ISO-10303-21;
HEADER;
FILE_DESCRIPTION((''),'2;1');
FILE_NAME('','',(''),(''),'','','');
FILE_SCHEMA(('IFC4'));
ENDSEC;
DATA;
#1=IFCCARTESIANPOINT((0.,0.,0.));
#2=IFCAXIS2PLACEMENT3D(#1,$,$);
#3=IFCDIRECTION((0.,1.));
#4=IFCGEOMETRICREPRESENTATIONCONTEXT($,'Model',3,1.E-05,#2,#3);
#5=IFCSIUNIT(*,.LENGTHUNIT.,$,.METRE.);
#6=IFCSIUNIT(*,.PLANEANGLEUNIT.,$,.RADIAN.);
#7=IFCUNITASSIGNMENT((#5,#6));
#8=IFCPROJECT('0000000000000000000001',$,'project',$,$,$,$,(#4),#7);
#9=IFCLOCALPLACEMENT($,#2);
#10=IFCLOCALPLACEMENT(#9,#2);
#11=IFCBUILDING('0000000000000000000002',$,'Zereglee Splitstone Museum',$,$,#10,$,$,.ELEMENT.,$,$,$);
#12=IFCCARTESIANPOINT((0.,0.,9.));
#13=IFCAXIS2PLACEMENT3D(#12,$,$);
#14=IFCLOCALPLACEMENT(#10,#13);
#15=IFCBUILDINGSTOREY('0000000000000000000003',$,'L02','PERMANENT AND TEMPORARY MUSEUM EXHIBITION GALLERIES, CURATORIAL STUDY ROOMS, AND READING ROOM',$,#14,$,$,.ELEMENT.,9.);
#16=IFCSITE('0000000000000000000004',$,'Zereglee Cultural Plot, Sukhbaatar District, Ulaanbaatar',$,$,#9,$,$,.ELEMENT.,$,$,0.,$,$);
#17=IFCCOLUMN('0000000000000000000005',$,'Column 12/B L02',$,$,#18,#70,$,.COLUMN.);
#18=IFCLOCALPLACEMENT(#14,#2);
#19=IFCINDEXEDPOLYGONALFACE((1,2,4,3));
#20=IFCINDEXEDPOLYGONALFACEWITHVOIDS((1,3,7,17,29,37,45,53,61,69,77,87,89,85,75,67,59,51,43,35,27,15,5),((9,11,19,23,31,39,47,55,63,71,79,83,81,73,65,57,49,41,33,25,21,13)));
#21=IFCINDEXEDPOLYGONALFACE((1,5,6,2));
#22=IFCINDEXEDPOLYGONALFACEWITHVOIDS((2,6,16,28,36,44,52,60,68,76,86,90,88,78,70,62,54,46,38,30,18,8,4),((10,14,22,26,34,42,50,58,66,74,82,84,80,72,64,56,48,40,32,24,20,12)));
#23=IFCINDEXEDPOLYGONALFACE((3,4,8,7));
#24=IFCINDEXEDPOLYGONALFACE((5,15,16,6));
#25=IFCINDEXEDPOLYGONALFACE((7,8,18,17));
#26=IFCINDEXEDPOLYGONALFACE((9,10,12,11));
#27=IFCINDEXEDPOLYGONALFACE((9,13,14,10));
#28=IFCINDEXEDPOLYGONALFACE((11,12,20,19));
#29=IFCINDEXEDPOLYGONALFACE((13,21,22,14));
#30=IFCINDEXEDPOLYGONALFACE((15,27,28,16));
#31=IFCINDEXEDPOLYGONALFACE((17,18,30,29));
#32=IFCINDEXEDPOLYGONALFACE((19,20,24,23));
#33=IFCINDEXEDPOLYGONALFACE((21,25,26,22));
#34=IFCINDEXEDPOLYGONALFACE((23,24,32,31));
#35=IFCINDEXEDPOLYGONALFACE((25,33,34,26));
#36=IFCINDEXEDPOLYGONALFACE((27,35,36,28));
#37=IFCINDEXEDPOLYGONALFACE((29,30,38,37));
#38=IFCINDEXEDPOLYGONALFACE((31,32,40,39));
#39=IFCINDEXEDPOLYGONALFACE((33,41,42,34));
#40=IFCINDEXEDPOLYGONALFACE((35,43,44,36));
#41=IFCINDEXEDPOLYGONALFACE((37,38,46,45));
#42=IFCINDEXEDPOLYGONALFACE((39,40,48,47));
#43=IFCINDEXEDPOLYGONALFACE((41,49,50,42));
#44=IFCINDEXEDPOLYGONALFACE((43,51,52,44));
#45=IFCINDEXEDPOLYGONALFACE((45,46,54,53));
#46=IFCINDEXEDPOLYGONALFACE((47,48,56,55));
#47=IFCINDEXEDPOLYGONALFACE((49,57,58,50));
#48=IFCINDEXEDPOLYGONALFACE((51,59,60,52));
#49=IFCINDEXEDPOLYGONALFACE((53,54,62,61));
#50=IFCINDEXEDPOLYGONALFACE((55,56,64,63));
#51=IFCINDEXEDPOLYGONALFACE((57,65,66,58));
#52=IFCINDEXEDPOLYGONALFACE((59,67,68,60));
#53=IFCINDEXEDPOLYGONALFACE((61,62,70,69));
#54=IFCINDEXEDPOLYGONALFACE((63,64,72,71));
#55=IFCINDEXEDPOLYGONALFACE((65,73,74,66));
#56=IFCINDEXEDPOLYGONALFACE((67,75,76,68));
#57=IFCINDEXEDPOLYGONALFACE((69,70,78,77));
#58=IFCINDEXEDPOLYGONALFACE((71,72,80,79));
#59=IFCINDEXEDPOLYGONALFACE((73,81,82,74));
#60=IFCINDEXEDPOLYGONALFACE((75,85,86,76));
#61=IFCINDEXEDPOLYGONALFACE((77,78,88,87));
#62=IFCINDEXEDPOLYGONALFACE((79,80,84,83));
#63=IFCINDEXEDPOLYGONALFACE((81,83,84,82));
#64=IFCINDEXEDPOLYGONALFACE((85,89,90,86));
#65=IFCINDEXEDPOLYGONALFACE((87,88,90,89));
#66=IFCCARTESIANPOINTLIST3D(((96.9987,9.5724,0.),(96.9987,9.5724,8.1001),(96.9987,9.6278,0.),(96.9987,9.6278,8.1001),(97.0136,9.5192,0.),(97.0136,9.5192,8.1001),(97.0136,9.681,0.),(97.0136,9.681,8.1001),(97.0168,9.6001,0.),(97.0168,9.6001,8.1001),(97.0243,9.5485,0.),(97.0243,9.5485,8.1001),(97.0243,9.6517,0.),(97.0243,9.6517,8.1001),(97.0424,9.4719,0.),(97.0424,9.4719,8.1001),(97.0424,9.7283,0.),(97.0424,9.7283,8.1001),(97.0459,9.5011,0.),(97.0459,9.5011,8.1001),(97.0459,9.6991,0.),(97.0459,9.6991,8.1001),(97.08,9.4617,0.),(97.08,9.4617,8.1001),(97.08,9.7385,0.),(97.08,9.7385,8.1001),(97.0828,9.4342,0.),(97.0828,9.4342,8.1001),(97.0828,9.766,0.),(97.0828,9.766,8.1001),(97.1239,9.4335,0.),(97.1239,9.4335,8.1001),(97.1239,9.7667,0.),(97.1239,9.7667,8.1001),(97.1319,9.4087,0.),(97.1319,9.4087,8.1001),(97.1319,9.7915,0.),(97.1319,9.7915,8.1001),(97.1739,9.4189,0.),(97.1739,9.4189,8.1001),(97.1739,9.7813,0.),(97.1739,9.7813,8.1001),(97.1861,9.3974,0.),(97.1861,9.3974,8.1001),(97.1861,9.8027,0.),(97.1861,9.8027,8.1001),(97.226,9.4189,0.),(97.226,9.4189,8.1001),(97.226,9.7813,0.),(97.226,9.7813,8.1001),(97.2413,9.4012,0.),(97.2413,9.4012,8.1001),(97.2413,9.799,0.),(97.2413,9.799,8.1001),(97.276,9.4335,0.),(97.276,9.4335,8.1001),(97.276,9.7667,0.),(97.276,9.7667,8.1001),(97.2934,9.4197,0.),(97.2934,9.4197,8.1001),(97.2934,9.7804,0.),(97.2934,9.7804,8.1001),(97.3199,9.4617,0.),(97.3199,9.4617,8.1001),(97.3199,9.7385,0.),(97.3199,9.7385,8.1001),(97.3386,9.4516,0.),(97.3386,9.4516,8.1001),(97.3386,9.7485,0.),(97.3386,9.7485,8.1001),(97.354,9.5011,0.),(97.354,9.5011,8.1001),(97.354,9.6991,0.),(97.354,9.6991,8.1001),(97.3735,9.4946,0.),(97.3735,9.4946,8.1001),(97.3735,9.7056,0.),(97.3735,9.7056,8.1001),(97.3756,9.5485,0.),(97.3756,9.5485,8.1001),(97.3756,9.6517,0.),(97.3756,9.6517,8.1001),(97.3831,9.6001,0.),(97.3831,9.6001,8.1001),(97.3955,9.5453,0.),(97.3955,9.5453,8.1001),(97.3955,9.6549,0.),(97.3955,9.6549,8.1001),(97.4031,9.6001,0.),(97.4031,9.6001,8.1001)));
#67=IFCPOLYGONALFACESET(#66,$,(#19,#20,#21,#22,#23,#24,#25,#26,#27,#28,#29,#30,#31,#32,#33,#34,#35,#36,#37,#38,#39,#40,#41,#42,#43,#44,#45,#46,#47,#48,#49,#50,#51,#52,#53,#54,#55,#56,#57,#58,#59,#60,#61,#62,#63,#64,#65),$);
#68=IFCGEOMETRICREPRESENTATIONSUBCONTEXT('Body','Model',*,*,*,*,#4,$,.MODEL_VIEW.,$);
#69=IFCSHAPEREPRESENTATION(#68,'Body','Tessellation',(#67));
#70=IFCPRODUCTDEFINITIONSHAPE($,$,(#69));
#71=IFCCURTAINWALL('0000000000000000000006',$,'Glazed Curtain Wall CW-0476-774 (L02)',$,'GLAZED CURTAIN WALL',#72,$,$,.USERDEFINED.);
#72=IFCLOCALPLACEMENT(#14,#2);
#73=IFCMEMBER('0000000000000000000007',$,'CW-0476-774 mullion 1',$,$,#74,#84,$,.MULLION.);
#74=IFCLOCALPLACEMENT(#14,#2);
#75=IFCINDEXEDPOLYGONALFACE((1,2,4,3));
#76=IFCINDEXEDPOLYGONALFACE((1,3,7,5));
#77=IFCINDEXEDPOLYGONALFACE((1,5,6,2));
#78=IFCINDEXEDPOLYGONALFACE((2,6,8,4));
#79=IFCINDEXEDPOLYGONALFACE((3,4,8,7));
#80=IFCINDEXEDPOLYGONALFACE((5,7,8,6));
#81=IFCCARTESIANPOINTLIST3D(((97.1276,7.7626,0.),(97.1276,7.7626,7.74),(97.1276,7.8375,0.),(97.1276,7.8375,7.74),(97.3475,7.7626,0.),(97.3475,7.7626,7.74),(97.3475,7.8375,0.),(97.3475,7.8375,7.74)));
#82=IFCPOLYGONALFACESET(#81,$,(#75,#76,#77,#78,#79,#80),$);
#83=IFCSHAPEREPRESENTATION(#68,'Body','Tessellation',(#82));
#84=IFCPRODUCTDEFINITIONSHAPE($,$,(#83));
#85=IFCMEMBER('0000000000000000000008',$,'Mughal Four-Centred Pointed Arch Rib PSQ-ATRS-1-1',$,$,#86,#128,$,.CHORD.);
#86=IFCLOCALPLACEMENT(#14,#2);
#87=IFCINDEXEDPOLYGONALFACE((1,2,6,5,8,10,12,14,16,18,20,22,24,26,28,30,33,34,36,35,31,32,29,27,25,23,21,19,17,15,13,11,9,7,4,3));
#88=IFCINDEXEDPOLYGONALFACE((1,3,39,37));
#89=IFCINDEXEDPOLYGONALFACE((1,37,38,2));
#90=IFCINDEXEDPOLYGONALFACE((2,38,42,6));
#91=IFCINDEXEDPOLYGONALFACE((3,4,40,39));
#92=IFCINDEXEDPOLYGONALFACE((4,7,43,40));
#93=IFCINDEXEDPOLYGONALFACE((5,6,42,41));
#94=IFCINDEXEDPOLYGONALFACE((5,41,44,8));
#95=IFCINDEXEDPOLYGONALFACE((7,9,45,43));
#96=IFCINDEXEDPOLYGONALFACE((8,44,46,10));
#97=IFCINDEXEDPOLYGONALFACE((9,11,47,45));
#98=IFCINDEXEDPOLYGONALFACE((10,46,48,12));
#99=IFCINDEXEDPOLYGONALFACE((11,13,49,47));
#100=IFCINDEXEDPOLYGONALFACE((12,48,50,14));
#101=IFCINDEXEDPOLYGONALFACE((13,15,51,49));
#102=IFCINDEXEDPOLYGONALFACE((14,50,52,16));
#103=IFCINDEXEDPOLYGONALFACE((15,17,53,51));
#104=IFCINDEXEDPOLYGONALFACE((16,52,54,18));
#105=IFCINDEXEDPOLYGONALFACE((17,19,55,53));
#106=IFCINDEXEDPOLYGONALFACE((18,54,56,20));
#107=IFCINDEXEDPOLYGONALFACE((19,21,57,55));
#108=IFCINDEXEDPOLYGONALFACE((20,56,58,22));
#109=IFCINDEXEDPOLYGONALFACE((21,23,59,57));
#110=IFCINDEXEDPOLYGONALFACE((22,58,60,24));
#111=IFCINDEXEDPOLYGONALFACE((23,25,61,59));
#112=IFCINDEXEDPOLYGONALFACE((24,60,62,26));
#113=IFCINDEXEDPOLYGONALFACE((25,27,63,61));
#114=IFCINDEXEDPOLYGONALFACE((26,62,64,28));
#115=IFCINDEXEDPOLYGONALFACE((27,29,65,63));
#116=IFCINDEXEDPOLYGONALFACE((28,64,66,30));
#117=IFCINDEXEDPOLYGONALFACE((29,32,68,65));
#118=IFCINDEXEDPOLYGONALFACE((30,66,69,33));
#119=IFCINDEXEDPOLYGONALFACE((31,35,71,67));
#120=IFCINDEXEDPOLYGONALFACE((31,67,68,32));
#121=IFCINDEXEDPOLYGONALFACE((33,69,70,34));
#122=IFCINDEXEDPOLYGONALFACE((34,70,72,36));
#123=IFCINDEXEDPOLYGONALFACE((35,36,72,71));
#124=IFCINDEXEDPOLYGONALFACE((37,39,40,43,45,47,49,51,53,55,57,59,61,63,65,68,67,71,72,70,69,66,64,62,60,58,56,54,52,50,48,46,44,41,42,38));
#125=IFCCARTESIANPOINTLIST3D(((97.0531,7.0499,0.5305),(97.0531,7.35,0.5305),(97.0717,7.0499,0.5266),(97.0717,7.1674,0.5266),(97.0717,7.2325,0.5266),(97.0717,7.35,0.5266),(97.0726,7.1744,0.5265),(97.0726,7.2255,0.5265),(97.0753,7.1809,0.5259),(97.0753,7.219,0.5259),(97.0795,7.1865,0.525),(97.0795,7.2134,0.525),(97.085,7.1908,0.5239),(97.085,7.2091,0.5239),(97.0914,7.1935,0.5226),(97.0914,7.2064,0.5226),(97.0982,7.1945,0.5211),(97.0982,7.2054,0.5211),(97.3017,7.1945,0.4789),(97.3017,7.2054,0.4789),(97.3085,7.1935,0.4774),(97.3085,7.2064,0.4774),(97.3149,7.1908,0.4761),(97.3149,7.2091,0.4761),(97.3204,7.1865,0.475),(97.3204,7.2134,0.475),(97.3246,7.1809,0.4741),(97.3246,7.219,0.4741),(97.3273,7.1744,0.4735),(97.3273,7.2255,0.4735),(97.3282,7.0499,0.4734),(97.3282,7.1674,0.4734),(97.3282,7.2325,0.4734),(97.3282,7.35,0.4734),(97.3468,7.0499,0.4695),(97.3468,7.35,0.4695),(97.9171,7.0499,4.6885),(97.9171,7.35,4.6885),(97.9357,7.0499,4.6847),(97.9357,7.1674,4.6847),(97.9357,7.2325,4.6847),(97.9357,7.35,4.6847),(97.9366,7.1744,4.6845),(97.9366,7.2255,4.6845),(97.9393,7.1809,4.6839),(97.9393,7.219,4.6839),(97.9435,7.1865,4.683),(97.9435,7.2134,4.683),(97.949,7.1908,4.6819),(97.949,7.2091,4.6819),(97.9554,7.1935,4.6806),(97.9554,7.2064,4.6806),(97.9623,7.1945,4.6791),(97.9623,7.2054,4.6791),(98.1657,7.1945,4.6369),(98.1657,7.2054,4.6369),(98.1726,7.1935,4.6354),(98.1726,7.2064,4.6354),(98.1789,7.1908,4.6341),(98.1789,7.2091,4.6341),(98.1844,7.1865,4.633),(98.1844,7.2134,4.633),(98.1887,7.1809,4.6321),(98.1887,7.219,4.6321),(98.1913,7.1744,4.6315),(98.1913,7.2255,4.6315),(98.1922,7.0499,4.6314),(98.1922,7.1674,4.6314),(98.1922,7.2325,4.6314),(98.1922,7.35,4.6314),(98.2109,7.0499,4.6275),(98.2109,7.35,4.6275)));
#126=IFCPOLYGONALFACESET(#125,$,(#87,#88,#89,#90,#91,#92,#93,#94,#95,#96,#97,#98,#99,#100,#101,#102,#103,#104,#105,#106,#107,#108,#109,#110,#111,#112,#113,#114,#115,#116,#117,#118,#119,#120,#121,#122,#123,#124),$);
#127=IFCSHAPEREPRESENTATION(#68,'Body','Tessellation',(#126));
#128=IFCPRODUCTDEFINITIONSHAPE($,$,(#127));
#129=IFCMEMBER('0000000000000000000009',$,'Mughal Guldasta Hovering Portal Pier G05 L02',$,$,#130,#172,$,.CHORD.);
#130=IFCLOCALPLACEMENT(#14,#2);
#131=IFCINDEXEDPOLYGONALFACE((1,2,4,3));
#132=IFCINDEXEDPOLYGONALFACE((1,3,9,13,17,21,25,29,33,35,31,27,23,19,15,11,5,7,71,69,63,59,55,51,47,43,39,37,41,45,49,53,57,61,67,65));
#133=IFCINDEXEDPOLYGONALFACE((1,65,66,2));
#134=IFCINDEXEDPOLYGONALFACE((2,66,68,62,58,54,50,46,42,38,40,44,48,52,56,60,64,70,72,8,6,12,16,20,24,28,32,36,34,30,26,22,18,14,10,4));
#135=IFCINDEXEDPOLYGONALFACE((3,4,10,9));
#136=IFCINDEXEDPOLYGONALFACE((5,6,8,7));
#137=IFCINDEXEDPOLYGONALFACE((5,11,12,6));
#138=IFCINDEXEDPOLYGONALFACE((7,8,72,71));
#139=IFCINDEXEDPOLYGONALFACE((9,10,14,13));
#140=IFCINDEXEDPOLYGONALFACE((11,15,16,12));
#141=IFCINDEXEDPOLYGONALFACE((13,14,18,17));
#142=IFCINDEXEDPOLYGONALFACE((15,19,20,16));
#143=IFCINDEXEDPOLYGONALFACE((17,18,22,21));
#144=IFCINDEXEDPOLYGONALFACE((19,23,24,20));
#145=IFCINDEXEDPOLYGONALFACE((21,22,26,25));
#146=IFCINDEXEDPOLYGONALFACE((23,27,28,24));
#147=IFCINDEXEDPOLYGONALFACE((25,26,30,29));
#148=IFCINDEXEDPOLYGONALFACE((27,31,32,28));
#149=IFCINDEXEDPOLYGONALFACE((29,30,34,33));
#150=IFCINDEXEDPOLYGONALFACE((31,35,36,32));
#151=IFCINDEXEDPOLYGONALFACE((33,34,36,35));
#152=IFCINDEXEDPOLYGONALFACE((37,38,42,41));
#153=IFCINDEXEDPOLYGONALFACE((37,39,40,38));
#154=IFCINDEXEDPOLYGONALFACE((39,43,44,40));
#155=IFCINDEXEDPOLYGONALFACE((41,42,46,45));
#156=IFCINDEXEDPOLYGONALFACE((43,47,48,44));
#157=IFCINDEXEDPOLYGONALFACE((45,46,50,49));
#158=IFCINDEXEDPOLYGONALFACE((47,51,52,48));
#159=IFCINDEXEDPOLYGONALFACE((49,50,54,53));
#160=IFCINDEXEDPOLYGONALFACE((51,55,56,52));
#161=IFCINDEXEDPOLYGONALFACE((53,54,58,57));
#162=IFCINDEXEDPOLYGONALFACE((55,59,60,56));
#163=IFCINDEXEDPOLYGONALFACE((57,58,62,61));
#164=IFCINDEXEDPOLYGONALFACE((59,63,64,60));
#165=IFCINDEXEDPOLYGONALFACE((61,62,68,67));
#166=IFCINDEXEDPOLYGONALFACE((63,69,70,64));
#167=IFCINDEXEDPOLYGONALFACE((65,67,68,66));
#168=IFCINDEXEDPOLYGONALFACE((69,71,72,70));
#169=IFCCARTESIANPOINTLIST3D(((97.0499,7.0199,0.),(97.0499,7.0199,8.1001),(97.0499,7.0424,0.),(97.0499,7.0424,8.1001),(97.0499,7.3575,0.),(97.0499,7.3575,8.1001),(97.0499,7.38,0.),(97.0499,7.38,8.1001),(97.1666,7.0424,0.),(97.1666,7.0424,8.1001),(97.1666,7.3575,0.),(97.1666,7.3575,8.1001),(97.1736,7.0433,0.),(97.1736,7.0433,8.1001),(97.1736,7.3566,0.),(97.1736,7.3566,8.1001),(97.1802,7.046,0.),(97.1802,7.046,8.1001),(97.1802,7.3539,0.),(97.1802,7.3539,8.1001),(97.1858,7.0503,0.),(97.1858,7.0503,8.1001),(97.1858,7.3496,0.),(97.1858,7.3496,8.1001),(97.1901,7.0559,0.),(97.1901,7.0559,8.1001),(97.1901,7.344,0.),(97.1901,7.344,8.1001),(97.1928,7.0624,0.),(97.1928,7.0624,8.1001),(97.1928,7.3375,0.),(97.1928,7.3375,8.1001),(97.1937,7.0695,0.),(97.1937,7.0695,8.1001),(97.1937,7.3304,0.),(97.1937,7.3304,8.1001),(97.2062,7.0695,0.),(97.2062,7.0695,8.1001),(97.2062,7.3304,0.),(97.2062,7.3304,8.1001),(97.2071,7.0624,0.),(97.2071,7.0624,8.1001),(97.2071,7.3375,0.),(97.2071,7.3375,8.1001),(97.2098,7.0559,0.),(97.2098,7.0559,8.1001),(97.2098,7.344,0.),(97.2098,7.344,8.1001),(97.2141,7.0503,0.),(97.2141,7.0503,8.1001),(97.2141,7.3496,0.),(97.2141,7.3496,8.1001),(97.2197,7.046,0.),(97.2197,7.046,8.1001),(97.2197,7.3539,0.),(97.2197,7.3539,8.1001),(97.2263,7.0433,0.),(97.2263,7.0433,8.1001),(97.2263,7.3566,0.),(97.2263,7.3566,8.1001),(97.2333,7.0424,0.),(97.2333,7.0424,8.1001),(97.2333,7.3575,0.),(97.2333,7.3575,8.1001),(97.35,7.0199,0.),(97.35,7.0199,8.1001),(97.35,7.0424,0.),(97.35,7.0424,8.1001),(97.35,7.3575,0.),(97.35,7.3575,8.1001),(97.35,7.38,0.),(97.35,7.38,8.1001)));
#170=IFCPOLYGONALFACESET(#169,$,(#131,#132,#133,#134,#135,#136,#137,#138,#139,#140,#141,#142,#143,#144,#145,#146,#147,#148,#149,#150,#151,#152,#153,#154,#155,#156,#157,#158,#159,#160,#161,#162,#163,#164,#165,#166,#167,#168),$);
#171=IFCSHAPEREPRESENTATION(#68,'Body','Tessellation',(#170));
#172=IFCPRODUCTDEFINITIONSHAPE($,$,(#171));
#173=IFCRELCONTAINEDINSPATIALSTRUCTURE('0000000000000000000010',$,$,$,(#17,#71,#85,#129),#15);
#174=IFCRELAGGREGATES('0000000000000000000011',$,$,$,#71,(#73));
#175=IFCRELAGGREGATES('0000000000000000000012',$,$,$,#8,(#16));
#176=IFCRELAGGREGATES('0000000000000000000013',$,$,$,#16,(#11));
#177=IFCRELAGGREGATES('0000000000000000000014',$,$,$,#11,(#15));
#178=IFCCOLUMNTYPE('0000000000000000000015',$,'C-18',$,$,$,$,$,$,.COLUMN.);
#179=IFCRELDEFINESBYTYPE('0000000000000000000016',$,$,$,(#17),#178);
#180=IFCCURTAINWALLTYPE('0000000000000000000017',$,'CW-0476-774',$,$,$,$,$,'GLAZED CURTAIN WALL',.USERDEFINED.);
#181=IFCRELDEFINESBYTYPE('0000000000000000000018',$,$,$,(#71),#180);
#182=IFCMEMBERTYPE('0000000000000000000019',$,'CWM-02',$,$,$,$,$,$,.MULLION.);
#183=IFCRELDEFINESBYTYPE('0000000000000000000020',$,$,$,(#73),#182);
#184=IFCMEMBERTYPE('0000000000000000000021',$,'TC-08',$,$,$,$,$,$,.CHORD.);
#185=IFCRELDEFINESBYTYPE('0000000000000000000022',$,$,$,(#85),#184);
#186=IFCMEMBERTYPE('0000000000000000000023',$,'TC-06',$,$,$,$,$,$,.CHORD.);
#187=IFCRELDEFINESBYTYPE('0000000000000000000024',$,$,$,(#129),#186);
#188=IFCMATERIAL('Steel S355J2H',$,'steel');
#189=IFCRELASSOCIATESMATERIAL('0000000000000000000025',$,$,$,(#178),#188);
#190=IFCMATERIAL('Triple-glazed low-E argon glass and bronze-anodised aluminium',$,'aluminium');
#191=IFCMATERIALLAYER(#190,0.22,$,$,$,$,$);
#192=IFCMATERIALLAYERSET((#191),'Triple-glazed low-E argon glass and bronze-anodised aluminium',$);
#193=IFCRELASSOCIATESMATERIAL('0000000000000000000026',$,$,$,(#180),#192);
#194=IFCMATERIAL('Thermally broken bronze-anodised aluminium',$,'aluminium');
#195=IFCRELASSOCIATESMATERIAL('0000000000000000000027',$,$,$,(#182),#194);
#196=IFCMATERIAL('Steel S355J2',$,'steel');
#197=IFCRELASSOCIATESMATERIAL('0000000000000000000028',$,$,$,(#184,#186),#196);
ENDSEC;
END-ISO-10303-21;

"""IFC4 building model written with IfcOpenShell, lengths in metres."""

from ifc_helpers import new_model, si_unit, direction, frame, origin, origin_2d, place, context, subcontext, project, spatial, rectangle, hollow_circle, i_section, extrude, material, layer, layer_set, material_profile, profile_set, type_object, element, aggregate, save


model = new_model("IFC4")

# Units and contexts
model_context = context("Model", 3, precision=1e-05, world=origin(), true_north=direction((0.0, 1.0)))
body_context = subcontext(model_context, "Body", "Model", "MODEL_VIEW")
ifc_project = project(units=[si_unit("LENGTHUNIT", "METRE"), si_unit("PLANEANGLEUNIT", "RADIAN")], contexts=[model_context])

# Site, building, storey
site_placement = place(None, origin())
site = spatial("IfcSite", under=ifc_project, at=site_placement, Name="Zereglee Cultural Plot, Sukhbaatar District, Ulaanbaatar", CompositionType="ELEMENT", RefElevation=0.0)
building_placement = place(site_placement, origin())
building = spatial("IfcBuilding", under=site, at=building_placement, Name="Zereglee Splitstone Museum", CompositionType="ELEMENT")
storey_placement = place(building_placement, frame((0.0, 0.0, 9.0)))
storey = spatial("IfcBuildingStorey", under=building, at=storey_placement, Name="L02", Description="PERMANENT AND TEMPORARY MUSEUM EXHIBITION GALLERIES, CURATORIAL STUDY ROOMS, AND READING ROOM", CompositionType="ELEMENT", Elevation=9.0)

# Column
ifc_material_1 = material(Name="Steel S355J2H", Category="steel")
ifc_material_profile_1 = material_profile(ifc_material_1, hollow_circle(Radius=0.2031, WallThickness=0.02, at=origin_2d()), Name="CHS 406.4x20")
ifc_profile_set_1 = profile_set([ifc_material_profile_1], Name="Steel S355J2H")
column_type = type_object("IfcColumnType", Name="C-18", PredefinedType="COLUMN", material=ifc_profile_set_1)
column_placement = place(storey_placement, frame((97.2, 9.6001, 0.0), z_axis=(0.0, 0.0, 1.0), x_axis=(1.0, 0.0, 0.0)))
element("IfcColumn", 1, at=column_placement, inside=storey, type_object=column_type, Name="Column 12/B L02", PredefinedType="COLUMN", context=body_context, shape_type="SweptSolid", body=[
    extrude(hollow_circle(Radius=0.2031, WallThickness=0.02, at=origin_2d()), origin(), (0.0, 0.0, 1.0), 8.1001),
])

# Curtain wall, member
ifc_material_2 = material(Name="Triple-glazed low-E argon glass and bronze-anodised aluminium", Category="aluminium")
ifc_layer_1 = layer(ifc_material_2, 0.22)
ifc_layer_set_1 = layer_set([ifc_layer_1], Name="Triple-glazed low-E argon glass and bronze-anodised aluminium")
curtain_wall_type = type_object("IfcCurtainWallType", Name="CW-0476-774", ElementType="GLAZED CURTAIN WALL", PredefinedType="USERDEFINED", material=ifc_layer_set_1)
curtain_wall_placement = place(storey_placement, origin())
curtain_wall = element("IfcCurtainWall", 2, at=curtain_wall_placement, inside=storey, type_object=curtain_wall_type, Name="Glazed Curtain Wall CW-0476-774 (L02)", ObjectType="GLAZED CURTAIN WALL", PredefinedType="USERDEFINED")
ifc_material_3 = material(Name="Thermally broken bronze-anodised aluminium", Category="aluminium")
ifc_material_profile_2 = material_profile(ifc_material_3, rectangle(XDim=0.075, YDim=0.22, at=origin_2d()), Name="CW MULL 75x220")
ifc_profile_set_2 = profile_set([ifc_material_profile_2], Name="Thermally broken bronze-anodised aluminium")
member_type_1 = type_object("IfcMemberType", Name="CWM-02", PredefinedType="MULLION", material=ifc_profile_set_2)
member_1_placement = place(storey_placement, frame((97.2375, 7.8, 0.0), z_axis=(0.0, 0.0, 1.0), x_axis=(0.0, 1.0, 0.0)))
member_1 = element("IfcMember", 3, at=member_1_placement, type_object=member_type_1, Name="CW-0476-774 mullion 1", PredefinedType="MULLION", context=body_context, shape_type="SweptSolid", body=[
    extrude(rectangle(XDim=0.075, YDim=0.22, at=origin_2d()), origin(), (0.0, 0.0, 1.0), 7.74),
])
aggregate(curtain_wall, [member_1])

# Members
ifc_material_4 = material(Name="Steel S355J2", Category="steel")
ifc_material_profile_3 = material_profile(ifc_material_4, i_section(OverallWidth=0.3, OverallDepth=0.3, WebThickness=0.011, FlangeThickness=0.019, FilletRadius=0.0271, at=origin_2d()), Name="HE 300 B")
ifc_profile_set_3 = profile_set([ifc_material_profile_3], Name="Steel S355J2")
member_type_2 = type_object("IfcMemberType", Name="TC-08", PredefinedType="CHORD", material=ifc_profile_set_3)
member_2_placement = place(storey_placement, frame((97.2, 7.2, 0.5), z_axis=(0.203451, 0.0, 0.979085), x_axis=(0.0, 1.0, 0.0)))
element("IfcMember", 4, at=member_2_placement, inside=storey, type_object=member_type_2, Name="Mughal Four-Centred Pointed Arch Rib PSQ-ATRS-1-1", PredefinedType="CHORD", context=body_context, shape_type="SweptSolid", body=[
    extrude(i_section(OverallWidth=0.3, OverallDepth=0.3, WebThickness=0.011, FlangeThickness=0.019, FilletRadius=0.0271, at=origin_2d()), origin(), (0.0, 0.0, 1.0), 4.2468),
])
ifc_material_profile_4 = material_profile(ifc_material_4, i_section(OverallWidth=0.3, OverallDepth=0.3601, WebThickness=0.0125, FlangeThickness=0.0225, FilletRadius=0.0271, at=origin_2d()), Name="HE 360 B")
ifc_profile_set_4 = profile_set([ifc_material_profile_4], Name="Steel S355J2")
member_type_3 = type_object("IfcMemberType", Name="TC-06", PredefinedType="CHORD", material=ifc_profile_set_4)
member_3_placement = place(storey_placement, frame((97.2, 7.2, 0.0), z_axis=(0.0, 0.0, 1.0), x_axis=(1.0, 0.0, 0.0)))
element("IfcMember", 5, at=member_3_placement, inside=storey, type_object=member_type_3, Name="Mughal Guldasta Hovering Portal Pier G05 L02", PredefinedType="CHORD", context=body_context, shape_type="SweptSolid", body=[
    extrude(i_section(OverallWidth=0.3, OverallDepth=0.3601, WebThickness=0.0125, FlangeThickness=0.0225, FilletRadius=0.0271, at=origin_2d()), origin(), (0.0, 0.0, 1.0), 8.1001),
])

save(model, "model.ifc")
